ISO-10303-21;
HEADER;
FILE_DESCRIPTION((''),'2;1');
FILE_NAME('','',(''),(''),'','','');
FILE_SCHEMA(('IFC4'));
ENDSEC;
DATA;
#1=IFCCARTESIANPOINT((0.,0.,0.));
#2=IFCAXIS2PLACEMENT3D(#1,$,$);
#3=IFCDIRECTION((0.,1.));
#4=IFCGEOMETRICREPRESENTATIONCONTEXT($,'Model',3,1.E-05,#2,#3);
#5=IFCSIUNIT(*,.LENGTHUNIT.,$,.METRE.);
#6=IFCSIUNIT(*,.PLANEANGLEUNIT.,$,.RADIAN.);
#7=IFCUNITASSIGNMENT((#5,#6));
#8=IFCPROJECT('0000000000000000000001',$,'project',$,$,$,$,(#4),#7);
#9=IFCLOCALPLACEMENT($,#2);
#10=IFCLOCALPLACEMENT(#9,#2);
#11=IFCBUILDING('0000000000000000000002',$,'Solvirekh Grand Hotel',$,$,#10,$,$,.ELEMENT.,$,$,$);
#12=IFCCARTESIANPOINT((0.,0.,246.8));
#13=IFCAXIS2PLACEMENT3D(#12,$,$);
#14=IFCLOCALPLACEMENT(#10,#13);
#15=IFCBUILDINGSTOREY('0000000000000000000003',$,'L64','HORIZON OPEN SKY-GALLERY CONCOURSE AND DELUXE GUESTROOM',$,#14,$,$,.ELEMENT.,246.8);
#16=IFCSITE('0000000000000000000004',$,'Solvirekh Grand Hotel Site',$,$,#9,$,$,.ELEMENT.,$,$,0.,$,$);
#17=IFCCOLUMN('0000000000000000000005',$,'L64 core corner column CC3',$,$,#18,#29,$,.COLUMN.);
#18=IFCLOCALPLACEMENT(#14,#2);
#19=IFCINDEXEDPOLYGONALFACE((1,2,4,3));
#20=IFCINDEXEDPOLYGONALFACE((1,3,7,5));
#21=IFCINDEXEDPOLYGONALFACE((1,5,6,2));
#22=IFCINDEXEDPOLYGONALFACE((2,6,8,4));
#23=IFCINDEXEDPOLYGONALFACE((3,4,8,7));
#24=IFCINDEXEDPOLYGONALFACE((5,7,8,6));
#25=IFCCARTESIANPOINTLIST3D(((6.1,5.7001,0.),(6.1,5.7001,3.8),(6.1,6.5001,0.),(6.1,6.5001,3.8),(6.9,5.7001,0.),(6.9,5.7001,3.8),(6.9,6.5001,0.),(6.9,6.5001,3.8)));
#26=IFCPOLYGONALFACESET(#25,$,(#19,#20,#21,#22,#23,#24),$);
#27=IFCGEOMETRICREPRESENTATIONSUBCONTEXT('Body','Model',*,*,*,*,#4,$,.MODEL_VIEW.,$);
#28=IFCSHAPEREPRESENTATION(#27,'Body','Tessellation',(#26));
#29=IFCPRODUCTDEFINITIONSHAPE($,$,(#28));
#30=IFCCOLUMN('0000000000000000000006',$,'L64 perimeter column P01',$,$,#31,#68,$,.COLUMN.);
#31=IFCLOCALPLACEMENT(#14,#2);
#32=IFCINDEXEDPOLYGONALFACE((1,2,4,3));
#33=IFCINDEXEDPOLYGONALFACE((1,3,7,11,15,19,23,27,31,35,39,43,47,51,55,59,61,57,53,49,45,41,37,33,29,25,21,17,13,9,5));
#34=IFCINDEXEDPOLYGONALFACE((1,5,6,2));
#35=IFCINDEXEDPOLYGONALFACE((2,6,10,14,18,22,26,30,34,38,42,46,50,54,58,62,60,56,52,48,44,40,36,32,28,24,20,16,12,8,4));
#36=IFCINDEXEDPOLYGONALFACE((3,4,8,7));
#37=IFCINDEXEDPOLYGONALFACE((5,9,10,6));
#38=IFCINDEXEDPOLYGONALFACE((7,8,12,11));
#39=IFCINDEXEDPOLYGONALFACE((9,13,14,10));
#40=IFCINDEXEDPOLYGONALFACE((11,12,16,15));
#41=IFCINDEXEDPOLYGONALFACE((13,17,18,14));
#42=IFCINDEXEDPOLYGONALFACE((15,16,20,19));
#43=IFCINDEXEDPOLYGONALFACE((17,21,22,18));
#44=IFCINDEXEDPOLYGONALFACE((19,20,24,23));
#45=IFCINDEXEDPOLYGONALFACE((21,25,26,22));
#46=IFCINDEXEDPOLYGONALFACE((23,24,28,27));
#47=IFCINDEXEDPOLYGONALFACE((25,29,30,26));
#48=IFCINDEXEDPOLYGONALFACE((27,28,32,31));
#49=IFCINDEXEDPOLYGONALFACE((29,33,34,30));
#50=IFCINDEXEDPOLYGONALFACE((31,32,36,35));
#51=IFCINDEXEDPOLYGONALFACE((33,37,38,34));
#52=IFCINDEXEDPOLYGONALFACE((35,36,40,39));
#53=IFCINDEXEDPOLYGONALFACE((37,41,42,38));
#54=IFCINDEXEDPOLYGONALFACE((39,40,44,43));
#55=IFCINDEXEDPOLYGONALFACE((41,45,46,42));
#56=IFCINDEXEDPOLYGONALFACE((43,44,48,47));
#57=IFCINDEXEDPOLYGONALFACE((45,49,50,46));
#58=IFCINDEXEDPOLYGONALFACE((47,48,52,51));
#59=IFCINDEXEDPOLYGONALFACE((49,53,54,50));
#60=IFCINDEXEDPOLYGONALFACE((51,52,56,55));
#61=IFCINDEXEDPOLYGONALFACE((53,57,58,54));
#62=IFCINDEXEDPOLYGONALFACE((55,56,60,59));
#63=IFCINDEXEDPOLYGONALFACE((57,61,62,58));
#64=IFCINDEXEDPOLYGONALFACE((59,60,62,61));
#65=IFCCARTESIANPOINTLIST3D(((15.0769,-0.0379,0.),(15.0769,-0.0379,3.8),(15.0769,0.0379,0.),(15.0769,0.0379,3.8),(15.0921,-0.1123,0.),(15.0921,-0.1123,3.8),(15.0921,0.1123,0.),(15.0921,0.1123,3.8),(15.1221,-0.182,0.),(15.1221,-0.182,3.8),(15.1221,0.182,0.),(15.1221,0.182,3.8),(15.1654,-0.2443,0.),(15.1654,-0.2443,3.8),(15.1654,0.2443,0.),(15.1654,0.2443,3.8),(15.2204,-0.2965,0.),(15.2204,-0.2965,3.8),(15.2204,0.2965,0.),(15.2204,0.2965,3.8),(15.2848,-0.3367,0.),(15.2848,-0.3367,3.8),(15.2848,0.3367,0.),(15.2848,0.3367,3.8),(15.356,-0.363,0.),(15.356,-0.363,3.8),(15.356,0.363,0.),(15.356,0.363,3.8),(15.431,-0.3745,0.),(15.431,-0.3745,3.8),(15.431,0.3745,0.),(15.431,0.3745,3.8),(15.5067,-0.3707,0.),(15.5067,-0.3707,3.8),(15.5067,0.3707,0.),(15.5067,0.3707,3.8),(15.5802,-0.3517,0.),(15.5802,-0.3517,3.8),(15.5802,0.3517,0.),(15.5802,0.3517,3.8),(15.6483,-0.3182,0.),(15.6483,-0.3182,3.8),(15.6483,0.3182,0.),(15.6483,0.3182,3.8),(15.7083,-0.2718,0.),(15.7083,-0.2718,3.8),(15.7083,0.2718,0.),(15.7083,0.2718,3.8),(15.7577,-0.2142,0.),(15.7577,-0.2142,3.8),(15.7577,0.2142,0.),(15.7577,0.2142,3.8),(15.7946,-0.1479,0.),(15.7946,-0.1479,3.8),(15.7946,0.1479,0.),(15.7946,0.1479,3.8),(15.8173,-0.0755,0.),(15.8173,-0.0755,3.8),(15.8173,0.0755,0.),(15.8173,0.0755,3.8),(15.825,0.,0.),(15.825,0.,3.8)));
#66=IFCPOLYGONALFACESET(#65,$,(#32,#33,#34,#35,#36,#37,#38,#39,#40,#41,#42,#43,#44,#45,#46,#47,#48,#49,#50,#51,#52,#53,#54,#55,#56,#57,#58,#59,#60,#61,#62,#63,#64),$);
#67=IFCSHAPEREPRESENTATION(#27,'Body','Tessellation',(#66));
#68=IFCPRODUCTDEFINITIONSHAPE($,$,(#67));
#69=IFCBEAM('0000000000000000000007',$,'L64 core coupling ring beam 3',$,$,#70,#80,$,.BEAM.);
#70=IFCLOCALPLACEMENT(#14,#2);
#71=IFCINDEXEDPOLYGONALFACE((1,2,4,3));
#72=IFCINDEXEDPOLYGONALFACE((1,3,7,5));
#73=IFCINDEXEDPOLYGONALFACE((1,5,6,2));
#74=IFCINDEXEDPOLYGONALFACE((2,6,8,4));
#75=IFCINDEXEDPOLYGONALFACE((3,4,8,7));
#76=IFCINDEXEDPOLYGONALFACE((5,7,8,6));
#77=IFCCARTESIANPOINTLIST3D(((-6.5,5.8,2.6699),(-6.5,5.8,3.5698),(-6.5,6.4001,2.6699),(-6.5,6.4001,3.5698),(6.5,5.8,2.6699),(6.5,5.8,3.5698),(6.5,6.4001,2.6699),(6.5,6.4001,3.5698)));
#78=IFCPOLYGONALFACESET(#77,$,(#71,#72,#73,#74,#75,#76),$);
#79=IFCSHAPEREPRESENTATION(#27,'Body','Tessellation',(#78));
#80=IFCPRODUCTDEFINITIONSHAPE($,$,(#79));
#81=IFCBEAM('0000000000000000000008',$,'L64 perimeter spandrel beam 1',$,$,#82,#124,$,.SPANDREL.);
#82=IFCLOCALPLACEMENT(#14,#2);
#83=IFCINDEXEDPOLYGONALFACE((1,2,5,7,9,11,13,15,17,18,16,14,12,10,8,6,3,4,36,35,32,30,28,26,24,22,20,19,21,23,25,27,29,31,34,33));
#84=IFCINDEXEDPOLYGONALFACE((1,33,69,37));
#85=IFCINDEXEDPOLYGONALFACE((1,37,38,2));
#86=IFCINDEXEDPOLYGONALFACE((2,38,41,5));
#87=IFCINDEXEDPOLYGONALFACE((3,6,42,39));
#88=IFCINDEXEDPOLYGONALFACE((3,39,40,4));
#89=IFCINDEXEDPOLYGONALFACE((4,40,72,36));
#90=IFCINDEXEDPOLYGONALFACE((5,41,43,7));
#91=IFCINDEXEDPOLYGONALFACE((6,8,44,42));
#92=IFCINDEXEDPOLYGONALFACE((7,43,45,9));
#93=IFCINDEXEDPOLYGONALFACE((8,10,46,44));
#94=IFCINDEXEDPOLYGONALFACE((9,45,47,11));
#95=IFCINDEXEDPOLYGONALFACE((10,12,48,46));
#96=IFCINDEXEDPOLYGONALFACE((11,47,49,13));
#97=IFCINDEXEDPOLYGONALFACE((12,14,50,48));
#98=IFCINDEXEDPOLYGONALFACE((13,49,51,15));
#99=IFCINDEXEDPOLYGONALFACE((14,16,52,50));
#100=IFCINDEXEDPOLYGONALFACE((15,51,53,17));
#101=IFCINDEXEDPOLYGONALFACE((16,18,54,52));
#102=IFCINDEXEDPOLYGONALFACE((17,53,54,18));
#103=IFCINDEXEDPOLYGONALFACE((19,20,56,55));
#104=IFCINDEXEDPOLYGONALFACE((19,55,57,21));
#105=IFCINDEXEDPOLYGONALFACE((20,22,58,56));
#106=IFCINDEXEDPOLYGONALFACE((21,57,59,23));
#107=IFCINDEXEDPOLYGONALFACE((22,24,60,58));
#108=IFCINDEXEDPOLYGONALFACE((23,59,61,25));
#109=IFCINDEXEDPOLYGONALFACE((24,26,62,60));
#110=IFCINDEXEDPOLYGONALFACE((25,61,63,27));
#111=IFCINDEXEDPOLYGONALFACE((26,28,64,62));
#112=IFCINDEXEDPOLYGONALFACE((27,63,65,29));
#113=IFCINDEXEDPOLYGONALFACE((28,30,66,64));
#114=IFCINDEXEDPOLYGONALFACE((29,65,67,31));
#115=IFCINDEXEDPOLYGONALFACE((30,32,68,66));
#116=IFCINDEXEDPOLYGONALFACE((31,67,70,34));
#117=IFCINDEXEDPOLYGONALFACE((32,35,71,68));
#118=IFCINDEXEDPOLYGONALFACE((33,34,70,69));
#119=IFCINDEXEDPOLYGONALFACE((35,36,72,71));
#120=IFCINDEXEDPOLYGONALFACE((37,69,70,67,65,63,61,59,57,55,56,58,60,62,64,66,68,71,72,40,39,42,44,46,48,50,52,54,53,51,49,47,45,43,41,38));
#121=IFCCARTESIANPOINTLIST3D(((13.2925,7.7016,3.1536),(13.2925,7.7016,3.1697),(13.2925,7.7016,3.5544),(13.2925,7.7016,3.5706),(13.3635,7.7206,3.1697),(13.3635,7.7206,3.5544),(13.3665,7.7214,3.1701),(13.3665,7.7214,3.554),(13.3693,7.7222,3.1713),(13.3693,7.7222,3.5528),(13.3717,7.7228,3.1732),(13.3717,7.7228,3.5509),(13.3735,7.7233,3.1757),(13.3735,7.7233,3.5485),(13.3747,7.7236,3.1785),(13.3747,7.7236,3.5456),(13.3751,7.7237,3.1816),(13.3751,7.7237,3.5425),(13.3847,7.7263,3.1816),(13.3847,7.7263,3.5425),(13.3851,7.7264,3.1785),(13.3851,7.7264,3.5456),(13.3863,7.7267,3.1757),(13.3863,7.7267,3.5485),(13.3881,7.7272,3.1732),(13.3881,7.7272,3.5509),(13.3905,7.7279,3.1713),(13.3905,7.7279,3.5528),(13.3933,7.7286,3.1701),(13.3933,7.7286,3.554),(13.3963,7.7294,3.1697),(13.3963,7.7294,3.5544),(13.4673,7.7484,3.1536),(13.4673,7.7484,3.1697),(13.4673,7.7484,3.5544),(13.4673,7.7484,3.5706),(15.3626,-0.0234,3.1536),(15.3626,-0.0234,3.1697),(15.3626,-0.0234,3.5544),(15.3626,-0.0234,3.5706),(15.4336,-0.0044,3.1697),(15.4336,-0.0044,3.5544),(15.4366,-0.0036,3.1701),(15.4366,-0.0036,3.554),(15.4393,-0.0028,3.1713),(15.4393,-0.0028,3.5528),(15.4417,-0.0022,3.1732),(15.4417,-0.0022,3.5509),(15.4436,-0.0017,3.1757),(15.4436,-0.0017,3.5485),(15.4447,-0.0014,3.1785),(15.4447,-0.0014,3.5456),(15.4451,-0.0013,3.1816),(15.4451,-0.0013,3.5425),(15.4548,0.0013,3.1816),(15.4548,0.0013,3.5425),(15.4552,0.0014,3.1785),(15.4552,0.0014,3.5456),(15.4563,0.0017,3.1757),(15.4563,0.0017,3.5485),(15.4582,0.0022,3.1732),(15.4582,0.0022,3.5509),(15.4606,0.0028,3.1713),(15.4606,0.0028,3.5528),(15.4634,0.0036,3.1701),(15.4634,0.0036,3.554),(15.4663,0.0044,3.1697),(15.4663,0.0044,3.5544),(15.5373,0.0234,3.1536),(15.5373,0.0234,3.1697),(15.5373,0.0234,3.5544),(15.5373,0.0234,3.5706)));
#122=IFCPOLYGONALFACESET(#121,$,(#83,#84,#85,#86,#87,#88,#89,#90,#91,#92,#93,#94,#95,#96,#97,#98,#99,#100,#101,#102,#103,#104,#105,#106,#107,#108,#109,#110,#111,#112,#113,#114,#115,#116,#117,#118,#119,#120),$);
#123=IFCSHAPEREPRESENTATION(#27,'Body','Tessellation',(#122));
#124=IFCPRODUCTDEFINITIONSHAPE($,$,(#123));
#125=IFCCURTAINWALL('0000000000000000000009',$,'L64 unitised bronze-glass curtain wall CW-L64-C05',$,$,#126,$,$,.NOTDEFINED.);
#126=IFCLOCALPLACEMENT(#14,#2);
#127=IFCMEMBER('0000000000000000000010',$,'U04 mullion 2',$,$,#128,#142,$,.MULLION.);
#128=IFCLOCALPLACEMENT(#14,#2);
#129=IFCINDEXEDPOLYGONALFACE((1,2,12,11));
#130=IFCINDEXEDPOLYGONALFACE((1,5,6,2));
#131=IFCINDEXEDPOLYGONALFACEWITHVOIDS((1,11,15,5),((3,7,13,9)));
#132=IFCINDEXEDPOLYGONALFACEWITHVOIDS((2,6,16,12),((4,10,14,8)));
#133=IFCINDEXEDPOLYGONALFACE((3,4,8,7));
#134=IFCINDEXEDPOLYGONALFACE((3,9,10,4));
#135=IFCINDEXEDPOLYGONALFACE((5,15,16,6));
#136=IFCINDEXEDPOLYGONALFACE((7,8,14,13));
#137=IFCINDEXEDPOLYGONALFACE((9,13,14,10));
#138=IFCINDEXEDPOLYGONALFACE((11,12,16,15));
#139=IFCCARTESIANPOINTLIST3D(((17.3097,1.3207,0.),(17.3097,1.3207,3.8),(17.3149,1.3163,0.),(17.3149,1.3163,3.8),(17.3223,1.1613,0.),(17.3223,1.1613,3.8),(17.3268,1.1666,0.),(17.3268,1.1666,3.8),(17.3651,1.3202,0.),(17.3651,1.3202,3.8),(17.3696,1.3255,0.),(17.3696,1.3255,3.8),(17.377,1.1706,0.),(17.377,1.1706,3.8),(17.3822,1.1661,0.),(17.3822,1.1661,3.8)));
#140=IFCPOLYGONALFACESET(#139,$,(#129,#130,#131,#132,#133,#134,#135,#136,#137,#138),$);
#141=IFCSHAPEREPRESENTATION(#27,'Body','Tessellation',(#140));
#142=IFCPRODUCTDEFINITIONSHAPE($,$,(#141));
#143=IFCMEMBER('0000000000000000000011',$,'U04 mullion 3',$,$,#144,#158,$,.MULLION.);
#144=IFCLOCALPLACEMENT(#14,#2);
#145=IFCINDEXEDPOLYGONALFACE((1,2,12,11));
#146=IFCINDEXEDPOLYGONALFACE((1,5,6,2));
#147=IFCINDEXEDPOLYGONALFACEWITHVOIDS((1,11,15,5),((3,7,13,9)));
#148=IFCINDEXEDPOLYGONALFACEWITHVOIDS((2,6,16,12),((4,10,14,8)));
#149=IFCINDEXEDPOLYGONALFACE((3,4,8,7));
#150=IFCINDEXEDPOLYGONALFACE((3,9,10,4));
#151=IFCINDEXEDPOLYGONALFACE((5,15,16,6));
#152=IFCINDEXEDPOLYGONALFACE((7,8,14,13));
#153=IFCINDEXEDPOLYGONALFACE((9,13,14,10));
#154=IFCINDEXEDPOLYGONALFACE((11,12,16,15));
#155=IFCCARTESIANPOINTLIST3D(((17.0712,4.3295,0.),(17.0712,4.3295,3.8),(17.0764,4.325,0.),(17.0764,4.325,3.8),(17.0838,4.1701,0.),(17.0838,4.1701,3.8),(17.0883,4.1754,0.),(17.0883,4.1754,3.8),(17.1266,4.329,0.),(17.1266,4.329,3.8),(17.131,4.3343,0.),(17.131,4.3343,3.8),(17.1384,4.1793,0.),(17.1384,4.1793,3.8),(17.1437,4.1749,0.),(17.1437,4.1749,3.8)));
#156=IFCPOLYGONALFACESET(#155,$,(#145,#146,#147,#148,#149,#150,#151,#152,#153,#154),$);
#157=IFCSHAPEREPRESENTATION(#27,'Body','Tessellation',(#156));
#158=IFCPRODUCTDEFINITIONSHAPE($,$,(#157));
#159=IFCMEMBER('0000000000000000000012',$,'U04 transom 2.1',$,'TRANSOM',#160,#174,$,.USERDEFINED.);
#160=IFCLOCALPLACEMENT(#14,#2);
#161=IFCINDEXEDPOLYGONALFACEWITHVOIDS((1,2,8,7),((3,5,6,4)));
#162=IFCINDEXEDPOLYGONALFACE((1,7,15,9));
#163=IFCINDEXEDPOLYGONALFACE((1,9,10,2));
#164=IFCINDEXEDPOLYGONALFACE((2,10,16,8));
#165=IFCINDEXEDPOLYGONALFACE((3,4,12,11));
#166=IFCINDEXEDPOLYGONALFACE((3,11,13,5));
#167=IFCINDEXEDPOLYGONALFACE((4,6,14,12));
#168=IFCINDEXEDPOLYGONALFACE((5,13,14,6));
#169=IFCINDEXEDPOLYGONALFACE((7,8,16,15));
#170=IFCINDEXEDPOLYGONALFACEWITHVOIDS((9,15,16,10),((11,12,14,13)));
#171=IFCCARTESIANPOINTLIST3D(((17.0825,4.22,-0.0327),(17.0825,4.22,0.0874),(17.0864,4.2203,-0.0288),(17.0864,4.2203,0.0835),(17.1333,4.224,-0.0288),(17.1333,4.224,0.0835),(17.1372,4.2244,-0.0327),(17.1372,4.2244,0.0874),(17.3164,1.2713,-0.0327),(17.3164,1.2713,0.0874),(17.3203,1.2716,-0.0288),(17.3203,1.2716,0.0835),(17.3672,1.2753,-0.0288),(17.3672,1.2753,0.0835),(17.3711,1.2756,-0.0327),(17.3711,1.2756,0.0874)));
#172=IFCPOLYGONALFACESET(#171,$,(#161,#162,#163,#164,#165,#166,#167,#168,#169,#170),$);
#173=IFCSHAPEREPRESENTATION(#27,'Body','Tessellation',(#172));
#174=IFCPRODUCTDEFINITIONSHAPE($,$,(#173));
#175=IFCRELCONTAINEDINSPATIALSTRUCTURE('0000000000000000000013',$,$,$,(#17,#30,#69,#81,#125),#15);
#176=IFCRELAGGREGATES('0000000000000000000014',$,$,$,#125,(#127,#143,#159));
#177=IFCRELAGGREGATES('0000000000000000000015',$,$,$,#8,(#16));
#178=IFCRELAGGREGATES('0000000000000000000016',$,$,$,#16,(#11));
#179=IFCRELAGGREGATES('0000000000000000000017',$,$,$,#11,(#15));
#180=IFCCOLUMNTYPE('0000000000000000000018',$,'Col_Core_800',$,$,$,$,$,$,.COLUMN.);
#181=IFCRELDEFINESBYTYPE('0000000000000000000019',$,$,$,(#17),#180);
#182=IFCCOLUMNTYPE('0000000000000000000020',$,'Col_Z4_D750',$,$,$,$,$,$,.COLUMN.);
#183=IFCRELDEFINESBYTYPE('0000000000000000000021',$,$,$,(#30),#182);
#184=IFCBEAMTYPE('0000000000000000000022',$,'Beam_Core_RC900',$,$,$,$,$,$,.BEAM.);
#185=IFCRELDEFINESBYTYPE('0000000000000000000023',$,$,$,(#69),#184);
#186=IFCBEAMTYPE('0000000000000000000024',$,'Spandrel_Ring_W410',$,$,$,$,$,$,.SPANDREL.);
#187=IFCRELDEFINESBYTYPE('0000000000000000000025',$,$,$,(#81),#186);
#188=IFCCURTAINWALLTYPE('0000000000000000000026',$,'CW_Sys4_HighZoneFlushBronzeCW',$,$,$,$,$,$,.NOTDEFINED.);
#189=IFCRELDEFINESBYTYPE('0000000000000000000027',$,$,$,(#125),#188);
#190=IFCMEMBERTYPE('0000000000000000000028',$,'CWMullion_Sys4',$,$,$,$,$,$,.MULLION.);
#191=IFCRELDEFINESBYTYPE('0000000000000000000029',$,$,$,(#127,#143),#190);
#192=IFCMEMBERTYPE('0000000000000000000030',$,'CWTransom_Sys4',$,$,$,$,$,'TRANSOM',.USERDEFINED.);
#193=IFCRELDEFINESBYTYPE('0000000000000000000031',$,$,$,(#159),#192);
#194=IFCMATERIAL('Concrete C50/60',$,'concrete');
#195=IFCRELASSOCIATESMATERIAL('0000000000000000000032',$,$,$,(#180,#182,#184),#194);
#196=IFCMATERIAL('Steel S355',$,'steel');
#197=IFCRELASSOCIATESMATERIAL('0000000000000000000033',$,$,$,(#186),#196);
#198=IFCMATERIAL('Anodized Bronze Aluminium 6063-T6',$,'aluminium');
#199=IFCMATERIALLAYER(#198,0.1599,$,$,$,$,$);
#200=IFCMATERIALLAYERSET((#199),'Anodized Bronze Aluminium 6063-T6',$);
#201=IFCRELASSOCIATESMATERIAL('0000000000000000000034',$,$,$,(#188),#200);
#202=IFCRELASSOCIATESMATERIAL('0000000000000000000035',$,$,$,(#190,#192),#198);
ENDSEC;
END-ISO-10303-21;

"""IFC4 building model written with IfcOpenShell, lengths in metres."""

from ifc_helpers import new_model, si_unit, direction, frame, origin, origin_2d, place, context, subcontext, project, spatial, rectangle, hollow_rectangle, circle, i_section, extrude, source, transform, mapped, material, layer, layer_set, material_profile, profile_set, type_object, element, aggregate, save


model = new_model("IFC4")

# Units and contexts
model_context = context("Model", 3, precision=1e-05, world=origin(), true_north=direction((0.0, 1.0)))
body_context = subcontext(model_context, "Body", "Model", "MODEL_VIEW")
ifc_project = project(units=[si_unit("LENGTHUNIT", "METRE"), si_unit("PLANEANGLEUNIT", "RADIAN")], contexts=[model_context])

# Site, building, storey
site_placement = place(None, origin())
site = spatial("IfcSite", under=ifc_project, at=site_placement, Name="Solvirekh Grand Hotel Site", CompositionType="ELEMENT", RefElevation=0.0)
building_placement = place(site_placement, origin())
building = spatial("IfcBuilding", under=site, at=building_placement, Name="Solvirekh Grand Hotel", CompositionType="ELEMENT")
storey_placement = place(building_placement, frame((0.0, 0.0, 246.8)))
storey = spatial("IfcBuildingStorey", under=building, at=storey_placement, Name="L64", Description="HORIZON OPEN SKY-GALLERY CONCOURSE AND DELUXE GUESTROOM", CompositionType="ELEMENT", Elevation=246.8)

# Columns
ifc_material_1 = material(Name="Concrete C50/60", Category="concrete")
ifc_material_profile_1 = material_profile(ifc_material_1, rectangle(XDim=0.8, YDim=0.8, at=origin_2d()), Name="RC 800X800")
ifc_profile_set_1 = profile_set([ifc_material_profile_1], Name="Concrete C50/60")
column_type_1 = type_object("IfcColumnType", Name="Col_Core_800", PredefinedType="COLUMN", material=ifc_profile_set_1)
column_1_placement = place(storey_placement, frame((6.5, 6.1001, 0.0), z_axis=(0.0, 0.0, 1.0), x_axis=(1.0, 0.0, 0.0)))
element("IfcColumn", 1, at=column_1_placement, inside=storey, type_object=column_type_1, Name="L64 core corner column CC3", PredefinedType="COLUMN", context=body_context, shape_type="SweptSolid", body=[
    extrude(rectangle(XDim=0.8, YDim=0.8, at=origin_2d()), origin(), (0.0, 0.0, 1.0), 3.8),
])
ifc_material_profile_2 = material_profile(ifc_material_1, circle(Radius=0.375, at=origin_2d()), Name="RC CIRC D750")
ifc_profile_set_2 = profile_set([ifc_material_profile_2], Name="Concrete C50/60")
column_type_2 = type_object("IfcColumnType", Name="Col_Z4_D750", PredefinedType="COLUMN", material=ifc_profile_set_2)
column_2_placement = place(storey_placement, frame((15.45, 0.0, 0.0), z_axis=(0.0, 0.0, 1.0), x_axis=(1.0, 0.0, 0.0)))
element("IfcColumn", 2, at=column_2_placement, inside=storey, type_object=column_type_2, Name="L64 perimeter column P01", PredefinedType="COLUMN", context=body_context, shape_type="SweptSolid", body=[
    extrude(circle(Radius=0.375, at=origin_2d()), origin(), (0.0, 0.0, 1.0), 3.8),
])

# Beams
ifc_material_profile_3 = material_profile(ifc_material_1, rectangle(XDim=0.6001, YDim=0.8999, at=origin_2d()), Name="RC BEAM 600X900")
ifc_profile_set_3 = profile_set([ifc_material_profile_3], Name="Concrete C50/60")
beam_type_1 = type_object("IfcBeamType", Name="Beam_Core_RC900", PredefinedType="BEAM", material=ifc_profile_set_3)
beam_1_placement = place(storey_placement, frame((6.5, 6.1001, 3.1199), z_axis=(-1.0, 0.0, 0.0), x_axis=(0.0, -1.0, 0.0)))
element("IfcBeam", 3, at=beam_1_placement, inside=storey, type_object=beam_type_1, Name="L64 core coupling ring beam 3", PredefinedType="BEAM", context=body_context, shape_type="SweptSolid", body=[
    extrude(rectangle(XDim=0.6001, YDim=0.8999, at=origin_2d()), origin(), (0.0, 0.0, 1.0), 13.0),
])
ifc_material_2 = material(Name="Steel S355", Category="steel")
ifc_material_profile_4 = material_profile(ifc_material_2, i_section(OverallWidth=0.1809, OverallDepth=0.417, WebThickness=0.01, FlangeThickness=0.0161, FilletRadius=0.012, at=origin_2d()), Name="W410X85")
ifc_profile_set_4 = profile_set([ifc_material_profile_4], Name="Steel S355")
beam_type_2 = type_object("IfcBeamType", Name="Spandrel_Ring_W410", PredefinedType="SPANDREL", material=ifc_profile_set_4)
beam_2_placement = place(storey_placement, frame((15.45, 0.0, 3.3621), z_axis=(-0.258835, 0.965922, 0.0), x_axis=(-0.965922, -0.258835, 0.0)))
element("IfcBeam", 4, at=beam_2_placement, inside=storey, type_object=beam_type_2, Name="L64 perimeter spandrel beam 1", PredefinedType="SPANDREL", context=body_context, shape_type="SweptSolid", body=[
    extrude(i_section(OverallWidth=0.1809, OverallDepth=0.417, WebThickness=0.01, FlangeThickness=0.0161, FilletRadius=0.012, at=origin_2d()), origin(), (0.0, 0.0, 1.0), 7.9976),
])

# Curtain wall, members
ifc_material_3 = material(Name="Anodized Bronze Aluminium 6063-T6", Category="aluminium")
ifc_layer_1 = layer(ifc_material_3, 0.1599)
ifc_layer_set_1 = layer_set([ifc_layer_1], Name="Anodized Bronze Aluminium 6063-T6")
curtain_wall_type = type_object("IfcCurtainWallType", Name="CW_Sys4_HighZoneFlushBronzeCW", PredefinedType="NOTDEFINED", material=ifc_layer_set_1)
curtain_wall_placement = place(storey_placement, origin())
curtain_wall = element("IfcCurtainWall", 5, at=curtain_wall_placement, inside=storey, type_object=curtain_wall_type, Name="L64 unitised bronze-glass curtain wall CW-L64-C05", PredefinedType="NOTDEFINED")
ifc_material_profile_5 = material_profile(ifc_material_3, hollow_rectangle(XDim=0.0601, YDim=0.1599, WallThickness=0.0049, at=origin_2d()), Name="ALU RHS 160X60X5")
ifc_profile_set_5 = profile_set([ifc_material_profile_5], Name="Anodized Bronze Aluminium 6063-T6")
member_type_1 = type_object("IfcMemberType", Name="CWMullion_Sys4", PredefinedType="MULLION", material=ifc_profile_set_5)
shared_shape_1 = source(origin(), body_context, "Body", "SweptSolid", [
    extrude(hollow_rectangle(XDim=0.0601, YDim=0.1599, WallThickness=0.0049, at=origin_2d()), origin(), (0.0, 0.0, 1.0), 3.8),
])
member_1_placement = place(storey_placement, frame((17.3459, 1.2434, 0.0), z_axis=(0.0, 0.0, 1.0), x_axis=(-0.996869, -0.079067, 0.0)))
member_1 = element("IfcMember", 6, at=member_1_placement, type_object=member_type_1, Name="U04 mullion 2", PredefinedType="MULLION", context=body_context, shape_type="MappedRepresentation", body=[
    mapped(shared_shape_1, transform((0.0, 0.0, 0.0), x_axis=(1.0, 0.0, 0.0), y_axis=(0.0, 1.0, 0.0), z_axis=(0.0, 0.0, 1.0), scale=1.0)),
])
member_2_placement = place(storey_placement, frame((17.1074, 4.2522, 0.0), z_axis=(0.0, 0.0, 1.0), x_axis=(-0.996869, -0.079067, 0.0)))
member_2 = element("IfcMember", 7, at=member_2_placement, type_object=member_type_1, Name="U04 mullion 3", PredefinedType="MULLION", context=body_context, shape_type="MappedRepresentation", body=[
    mapped(shared_shape_1, transform((0.0, 0.0, 0.0), x_axis=(1.0, 0.0, 0.0), y_axis=(0.0, 1.0, 0.0), z_axis=(0.0, 0.0, 1.0), scale=1.0)),
])
ifc_material_profile_6 = material_profile(ifc_material_3, hollow_rectangle(XDim=0.0549, YDim=0.1201, WallThickness=0.0039, at=origin_2d()), Name="ALU RHS 120X55X4")
ifc_profile_set_6 = profile_set([ifc_material_profile_6], Name="Anodized Bronze Aluminium 6063-T6")
member_type_2 = type_object("IfcMemberType", Name="CWTransom_Sys4", ElementType="TRANSOM", PredefinedType="USERDEFINED", material=ifc_profile_set_6)
shared_shape_2 = source(origin(), body_context, "Body", "SweptSolid", [
    extrude(hollow_rectangle(XDim=0.0549, YDim=0.1201, WallThickness=0.0039, at=origin_2d()), origin(), (0.0, 0.0, 1.0), 2.958),
])
member_3_placement = place(storey_placement, frame((17.3438, 1.2734, 0.0273), z_axis=(-0.079069, 0.996869, 0.0), x_axis=(-0.996869, -0.079069, 0.0)))
member_3 = element("IfcMember", 8, at=member_3_placement, type_object=member_type_2, Name="U04 transom 2.1", ObjectType="TRANSOM", PredefinedType="USERDEFINED", context=body_context, shape_type="MappedRepresentation", body=[
    mapped(shared_shape_2, transform((0.0, 0.0, 0.0), x_axis=(1.0, 0.0, 0.0), y_axis=(0.0, 1.0, 0.0), z_axis=(0.0, 0.0, 1.0), scale=1.0)),
])
aggregate(curtain_wall, [member_1, member_2, member_3])

save(model, "model.ifc")
